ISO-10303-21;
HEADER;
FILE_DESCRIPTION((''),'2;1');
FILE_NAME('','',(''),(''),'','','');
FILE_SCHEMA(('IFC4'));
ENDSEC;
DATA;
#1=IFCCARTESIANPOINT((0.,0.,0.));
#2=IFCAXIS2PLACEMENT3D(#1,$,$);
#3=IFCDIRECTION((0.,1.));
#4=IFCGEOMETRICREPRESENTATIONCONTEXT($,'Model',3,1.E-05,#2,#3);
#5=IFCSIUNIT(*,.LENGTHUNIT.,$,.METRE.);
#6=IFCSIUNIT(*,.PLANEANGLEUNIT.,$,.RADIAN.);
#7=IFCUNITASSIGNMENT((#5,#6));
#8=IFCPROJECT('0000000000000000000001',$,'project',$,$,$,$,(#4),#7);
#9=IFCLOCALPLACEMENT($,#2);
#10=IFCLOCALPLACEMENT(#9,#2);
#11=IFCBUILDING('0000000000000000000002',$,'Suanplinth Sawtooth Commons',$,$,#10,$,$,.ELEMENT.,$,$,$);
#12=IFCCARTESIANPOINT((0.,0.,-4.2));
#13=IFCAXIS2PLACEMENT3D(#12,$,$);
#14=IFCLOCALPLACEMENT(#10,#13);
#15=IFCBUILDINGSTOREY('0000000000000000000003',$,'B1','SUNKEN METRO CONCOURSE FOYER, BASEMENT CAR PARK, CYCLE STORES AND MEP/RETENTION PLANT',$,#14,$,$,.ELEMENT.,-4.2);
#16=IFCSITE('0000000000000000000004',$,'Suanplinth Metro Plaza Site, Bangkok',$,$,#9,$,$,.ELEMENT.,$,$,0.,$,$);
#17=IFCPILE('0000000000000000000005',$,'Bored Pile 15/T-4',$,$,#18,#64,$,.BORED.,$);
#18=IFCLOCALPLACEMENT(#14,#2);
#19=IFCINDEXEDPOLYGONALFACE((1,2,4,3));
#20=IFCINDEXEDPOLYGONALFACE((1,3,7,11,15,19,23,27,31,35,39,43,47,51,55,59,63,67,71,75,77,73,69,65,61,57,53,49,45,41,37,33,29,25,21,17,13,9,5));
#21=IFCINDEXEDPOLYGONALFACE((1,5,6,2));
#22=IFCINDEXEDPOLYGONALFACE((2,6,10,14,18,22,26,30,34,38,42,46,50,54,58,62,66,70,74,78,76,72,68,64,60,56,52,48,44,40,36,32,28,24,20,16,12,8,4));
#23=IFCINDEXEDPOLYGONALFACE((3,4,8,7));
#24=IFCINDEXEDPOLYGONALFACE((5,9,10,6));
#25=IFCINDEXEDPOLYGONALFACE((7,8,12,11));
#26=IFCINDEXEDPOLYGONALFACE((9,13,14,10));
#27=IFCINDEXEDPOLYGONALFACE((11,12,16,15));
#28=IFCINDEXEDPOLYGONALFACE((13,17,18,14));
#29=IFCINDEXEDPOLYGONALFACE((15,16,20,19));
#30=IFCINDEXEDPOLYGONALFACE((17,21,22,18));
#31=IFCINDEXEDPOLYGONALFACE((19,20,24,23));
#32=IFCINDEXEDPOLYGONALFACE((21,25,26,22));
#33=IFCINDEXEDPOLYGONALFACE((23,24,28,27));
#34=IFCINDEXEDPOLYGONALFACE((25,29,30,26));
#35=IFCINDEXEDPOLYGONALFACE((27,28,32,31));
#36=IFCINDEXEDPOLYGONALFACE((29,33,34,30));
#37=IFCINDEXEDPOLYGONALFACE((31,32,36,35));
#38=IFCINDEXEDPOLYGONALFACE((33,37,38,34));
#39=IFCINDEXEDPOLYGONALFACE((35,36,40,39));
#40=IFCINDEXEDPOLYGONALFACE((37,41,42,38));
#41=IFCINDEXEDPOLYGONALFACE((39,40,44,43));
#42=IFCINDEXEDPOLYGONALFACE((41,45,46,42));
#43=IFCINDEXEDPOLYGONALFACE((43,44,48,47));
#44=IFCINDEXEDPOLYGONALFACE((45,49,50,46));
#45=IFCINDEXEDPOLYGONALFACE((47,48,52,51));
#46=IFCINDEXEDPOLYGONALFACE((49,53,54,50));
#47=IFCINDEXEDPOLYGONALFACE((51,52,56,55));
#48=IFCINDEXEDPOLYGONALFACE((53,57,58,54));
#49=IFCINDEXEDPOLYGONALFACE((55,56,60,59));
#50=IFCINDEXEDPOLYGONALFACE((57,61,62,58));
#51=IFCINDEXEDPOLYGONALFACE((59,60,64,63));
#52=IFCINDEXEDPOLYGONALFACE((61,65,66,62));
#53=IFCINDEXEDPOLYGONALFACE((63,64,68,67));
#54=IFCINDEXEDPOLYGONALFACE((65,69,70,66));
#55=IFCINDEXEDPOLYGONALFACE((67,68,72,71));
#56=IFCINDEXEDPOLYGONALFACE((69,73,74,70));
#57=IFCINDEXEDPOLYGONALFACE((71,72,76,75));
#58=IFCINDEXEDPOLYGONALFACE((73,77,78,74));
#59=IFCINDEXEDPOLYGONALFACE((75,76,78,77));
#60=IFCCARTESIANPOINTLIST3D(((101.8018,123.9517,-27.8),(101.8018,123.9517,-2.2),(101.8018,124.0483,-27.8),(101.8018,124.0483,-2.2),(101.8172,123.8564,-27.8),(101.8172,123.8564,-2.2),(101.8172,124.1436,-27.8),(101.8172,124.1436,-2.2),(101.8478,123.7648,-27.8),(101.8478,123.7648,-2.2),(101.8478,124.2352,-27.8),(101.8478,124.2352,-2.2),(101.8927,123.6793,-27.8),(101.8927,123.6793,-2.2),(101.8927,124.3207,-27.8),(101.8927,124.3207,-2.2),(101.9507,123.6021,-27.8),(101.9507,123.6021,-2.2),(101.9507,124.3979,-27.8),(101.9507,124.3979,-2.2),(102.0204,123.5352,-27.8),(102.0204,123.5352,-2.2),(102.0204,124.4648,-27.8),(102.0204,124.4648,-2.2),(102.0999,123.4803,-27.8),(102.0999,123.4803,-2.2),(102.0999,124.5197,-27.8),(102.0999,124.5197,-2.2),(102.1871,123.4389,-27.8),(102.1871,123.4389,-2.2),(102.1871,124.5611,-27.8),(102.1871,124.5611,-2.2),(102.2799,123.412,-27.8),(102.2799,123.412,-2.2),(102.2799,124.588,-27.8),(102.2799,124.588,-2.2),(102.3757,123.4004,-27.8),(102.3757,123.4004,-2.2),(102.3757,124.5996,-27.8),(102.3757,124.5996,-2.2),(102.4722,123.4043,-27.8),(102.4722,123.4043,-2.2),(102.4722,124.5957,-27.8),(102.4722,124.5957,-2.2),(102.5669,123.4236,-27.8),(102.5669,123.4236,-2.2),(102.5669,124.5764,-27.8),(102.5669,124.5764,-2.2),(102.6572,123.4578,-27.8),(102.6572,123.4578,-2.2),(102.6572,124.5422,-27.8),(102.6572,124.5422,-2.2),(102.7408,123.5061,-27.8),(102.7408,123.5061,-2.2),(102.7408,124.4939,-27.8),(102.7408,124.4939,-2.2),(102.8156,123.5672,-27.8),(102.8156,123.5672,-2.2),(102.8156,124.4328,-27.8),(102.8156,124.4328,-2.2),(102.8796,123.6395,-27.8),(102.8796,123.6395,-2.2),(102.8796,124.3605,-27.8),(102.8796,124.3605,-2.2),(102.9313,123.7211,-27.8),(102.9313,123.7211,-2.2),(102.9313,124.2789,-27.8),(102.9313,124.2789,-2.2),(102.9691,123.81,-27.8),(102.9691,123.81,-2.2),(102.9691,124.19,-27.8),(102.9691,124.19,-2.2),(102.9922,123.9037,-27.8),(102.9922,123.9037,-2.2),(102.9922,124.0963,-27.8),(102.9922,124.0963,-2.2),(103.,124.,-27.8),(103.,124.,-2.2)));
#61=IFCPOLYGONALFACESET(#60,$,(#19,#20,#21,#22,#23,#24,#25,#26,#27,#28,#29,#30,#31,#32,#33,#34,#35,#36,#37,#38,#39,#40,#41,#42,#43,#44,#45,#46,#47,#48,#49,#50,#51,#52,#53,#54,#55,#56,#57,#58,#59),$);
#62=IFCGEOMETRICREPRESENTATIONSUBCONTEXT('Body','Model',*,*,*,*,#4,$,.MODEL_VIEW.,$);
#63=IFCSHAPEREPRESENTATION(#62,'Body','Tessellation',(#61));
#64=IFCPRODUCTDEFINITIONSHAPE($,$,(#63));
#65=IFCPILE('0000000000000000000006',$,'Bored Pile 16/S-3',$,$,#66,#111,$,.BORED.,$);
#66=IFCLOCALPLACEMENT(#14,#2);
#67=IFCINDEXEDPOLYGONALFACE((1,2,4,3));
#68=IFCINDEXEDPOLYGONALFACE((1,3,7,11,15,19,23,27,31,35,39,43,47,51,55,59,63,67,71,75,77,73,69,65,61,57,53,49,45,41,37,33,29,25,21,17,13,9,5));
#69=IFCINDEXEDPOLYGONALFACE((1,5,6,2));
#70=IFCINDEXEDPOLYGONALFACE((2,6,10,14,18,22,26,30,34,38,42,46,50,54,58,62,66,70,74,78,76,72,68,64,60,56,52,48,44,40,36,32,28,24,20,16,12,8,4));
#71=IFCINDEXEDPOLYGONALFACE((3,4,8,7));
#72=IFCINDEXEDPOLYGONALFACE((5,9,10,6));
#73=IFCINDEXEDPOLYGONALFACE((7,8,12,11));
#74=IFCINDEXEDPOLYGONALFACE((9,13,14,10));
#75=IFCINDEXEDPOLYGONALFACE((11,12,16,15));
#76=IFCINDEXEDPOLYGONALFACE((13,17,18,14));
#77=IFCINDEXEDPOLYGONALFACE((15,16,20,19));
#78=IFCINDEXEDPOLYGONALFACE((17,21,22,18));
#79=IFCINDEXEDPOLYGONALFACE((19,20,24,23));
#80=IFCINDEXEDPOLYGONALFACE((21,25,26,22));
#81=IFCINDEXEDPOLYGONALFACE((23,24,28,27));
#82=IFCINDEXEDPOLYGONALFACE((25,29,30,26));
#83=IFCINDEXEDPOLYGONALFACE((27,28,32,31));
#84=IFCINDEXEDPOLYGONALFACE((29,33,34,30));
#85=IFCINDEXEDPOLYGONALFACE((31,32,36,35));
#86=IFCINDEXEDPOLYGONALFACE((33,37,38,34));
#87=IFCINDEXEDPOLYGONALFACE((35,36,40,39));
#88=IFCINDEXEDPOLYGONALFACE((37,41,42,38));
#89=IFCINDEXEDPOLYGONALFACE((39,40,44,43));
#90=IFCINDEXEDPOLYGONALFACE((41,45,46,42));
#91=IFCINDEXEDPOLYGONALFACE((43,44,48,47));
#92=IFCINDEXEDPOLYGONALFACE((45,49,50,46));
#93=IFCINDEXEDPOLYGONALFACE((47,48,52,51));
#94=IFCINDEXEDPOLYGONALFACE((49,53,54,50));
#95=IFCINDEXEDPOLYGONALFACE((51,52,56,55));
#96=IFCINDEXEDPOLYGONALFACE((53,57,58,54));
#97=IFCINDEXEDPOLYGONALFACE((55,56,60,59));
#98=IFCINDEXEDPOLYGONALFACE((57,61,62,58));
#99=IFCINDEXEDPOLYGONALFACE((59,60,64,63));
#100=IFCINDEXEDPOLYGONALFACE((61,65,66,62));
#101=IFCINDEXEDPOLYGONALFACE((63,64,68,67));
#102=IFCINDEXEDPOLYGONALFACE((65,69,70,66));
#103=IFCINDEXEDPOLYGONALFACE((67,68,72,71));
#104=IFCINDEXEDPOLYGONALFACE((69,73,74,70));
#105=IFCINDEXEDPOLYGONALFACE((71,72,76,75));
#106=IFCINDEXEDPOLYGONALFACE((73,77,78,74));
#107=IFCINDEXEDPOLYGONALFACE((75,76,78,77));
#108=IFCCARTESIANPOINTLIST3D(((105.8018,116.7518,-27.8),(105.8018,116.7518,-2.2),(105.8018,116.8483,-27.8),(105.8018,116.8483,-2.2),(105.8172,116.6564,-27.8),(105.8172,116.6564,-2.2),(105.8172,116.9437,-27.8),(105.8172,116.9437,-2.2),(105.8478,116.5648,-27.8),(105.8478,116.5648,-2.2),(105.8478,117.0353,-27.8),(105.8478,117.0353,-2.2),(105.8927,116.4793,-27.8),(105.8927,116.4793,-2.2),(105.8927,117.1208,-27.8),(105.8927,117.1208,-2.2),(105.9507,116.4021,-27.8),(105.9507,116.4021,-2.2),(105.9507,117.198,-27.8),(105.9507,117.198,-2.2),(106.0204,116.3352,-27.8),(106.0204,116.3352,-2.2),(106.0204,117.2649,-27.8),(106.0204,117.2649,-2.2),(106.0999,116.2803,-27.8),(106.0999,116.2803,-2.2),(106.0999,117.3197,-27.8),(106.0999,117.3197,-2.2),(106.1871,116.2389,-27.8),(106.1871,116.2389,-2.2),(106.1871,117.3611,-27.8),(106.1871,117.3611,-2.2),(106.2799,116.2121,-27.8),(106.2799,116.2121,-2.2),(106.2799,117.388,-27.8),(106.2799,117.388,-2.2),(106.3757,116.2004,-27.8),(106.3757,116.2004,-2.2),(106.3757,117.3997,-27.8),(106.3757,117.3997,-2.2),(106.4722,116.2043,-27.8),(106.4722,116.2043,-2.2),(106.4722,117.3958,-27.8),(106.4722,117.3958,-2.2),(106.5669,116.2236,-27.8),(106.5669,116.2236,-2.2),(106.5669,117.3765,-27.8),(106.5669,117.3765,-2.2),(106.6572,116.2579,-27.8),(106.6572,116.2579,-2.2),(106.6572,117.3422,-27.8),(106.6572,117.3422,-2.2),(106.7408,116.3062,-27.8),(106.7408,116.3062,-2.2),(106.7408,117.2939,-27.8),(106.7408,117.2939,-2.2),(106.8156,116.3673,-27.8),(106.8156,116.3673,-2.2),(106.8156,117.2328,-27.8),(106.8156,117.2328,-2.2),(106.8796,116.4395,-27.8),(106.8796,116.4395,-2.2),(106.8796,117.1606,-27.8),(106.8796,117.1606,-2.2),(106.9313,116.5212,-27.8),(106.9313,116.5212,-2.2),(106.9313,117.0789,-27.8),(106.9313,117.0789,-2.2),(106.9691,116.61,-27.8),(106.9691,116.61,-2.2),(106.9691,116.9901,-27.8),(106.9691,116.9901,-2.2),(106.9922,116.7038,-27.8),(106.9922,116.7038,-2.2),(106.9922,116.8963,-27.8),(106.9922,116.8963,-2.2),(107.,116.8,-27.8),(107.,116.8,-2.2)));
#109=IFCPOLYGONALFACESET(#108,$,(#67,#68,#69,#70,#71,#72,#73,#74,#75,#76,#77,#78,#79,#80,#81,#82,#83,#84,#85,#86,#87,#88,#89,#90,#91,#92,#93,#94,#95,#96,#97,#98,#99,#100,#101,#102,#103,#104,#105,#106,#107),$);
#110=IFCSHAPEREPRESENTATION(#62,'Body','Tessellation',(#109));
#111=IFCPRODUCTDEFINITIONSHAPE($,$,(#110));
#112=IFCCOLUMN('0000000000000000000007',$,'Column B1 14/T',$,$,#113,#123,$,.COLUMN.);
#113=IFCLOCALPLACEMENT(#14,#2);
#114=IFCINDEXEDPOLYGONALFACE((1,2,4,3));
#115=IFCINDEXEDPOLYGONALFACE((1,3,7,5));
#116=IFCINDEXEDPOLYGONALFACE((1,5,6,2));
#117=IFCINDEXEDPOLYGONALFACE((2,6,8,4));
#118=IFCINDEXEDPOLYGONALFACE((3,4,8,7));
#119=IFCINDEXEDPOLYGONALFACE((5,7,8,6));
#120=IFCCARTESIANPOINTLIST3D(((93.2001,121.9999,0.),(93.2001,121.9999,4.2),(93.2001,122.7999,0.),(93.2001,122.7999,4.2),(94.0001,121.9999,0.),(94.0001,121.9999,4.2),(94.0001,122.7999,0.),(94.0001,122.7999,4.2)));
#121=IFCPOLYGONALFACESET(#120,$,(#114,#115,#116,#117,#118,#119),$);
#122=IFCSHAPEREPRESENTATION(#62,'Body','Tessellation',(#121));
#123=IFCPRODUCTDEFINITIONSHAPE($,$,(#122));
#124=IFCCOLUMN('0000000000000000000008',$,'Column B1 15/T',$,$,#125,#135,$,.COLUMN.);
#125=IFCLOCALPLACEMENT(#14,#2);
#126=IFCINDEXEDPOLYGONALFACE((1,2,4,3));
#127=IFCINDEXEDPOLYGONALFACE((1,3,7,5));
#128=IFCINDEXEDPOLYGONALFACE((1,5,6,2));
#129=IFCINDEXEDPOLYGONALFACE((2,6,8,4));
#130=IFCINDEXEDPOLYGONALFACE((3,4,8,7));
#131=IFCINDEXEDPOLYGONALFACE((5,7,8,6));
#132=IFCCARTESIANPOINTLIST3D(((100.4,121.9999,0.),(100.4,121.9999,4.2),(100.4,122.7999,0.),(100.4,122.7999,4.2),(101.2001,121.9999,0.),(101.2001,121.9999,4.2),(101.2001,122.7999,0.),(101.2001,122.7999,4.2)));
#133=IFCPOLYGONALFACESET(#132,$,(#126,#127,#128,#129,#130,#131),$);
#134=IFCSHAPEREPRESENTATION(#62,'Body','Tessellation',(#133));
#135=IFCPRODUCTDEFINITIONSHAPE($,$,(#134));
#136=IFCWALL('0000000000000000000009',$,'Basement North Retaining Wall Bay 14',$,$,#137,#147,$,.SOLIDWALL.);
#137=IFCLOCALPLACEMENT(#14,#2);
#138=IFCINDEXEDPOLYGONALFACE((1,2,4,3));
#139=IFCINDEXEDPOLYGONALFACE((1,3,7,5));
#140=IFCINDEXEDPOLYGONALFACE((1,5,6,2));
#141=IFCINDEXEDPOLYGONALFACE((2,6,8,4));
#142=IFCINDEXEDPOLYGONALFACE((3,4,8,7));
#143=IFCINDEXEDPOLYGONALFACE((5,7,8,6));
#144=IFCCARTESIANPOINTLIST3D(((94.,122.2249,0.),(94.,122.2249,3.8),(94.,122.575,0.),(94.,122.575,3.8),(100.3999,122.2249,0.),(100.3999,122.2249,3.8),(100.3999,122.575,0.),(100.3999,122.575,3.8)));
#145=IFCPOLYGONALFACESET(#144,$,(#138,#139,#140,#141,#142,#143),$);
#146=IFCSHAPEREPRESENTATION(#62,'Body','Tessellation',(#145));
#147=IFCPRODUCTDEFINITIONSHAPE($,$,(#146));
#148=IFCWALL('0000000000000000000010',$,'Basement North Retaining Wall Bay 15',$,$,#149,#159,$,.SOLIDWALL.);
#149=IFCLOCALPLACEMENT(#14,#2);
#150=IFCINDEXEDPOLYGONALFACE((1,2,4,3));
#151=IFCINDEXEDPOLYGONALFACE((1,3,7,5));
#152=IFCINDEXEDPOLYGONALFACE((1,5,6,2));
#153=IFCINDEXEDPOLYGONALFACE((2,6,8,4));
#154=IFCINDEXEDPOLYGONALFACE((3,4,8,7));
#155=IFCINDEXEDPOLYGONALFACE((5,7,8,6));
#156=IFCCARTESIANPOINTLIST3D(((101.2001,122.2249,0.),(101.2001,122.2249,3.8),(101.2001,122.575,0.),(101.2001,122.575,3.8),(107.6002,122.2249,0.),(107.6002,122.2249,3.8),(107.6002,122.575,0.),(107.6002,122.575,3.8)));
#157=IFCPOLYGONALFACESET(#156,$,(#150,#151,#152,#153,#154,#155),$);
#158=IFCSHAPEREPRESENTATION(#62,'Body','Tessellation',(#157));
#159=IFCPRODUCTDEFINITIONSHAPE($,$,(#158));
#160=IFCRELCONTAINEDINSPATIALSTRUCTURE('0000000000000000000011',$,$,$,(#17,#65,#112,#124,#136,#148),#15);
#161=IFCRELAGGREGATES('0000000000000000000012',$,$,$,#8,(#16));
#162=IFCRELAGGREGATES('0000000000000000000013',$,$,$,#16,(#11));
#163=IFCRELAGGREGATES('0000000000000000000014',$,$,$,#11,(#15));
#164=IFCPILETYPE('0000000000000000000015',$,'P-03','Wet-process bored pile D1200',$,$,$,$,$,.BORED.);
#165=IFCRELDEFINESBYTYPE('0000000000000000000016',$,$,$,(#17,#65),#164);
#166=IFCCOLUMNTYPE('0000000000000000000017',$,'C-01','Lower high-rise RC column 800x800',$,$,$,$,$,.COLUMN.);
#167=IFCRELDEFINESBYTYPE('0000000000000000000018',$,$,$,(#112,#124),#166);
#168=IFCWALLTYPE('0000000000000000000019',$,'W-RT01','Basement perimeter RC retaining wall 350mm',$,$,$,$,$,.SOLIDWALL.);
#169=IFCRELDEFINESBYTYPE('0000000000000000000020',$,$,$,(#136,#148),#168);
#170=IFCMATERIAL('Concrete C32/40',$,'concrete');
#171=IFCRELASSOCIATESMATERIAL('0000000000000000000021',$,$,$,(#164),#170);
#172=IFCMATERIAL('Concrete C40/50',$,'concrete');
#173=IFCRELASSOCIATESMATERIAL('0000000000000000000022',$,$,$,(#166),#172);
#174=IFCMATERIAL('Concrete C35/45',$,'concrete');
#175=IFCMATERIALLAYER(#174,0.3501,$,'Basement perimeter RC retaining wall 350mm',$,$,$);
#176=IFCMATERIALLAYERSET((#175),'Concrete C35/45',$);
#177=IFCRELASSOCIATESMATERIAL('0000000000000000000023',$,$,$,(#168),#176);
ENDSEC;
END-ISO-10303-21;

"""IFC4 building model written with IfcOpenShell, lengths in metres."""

from ifc_helpers import new_model, si_unit, direction, frame, frame_2d, origin, origin_2d, place, context, subcontext, project, spatial, rectangle, circle, extrude, material, layer, layer_set, material_profile, profile_set, type_object, element, save


model = new_model("IFC4")

# Units and contexts
model_context = context("Model", 3, precision=1e-05, world=origin(), true_north=direction((0.0, 1.0)))
body_context = subcontext(model_context, "Body", "Model", "MODEL_VIEW")
ifc_project = project(units=[si_unit("LENGTHUNIT", "METRE"), si_unit("PLANEANGLEUNIT", "RADIAN")], contexts=[model_context])

# Site, building, storey
site_placement = place(None, origin())
site = spatial("IfcSite", under=ifc_project, at=site_placement, Name="Suanplinth Metro Plaza Site, Bangkok", CompositionType="ELEMENT", RefElevation=0.0)
building_placement = place(site_placement, origin())
building = spatial("IfcBuilding", under=site, at=building_placement, Name="Suanplinth Sawtooth Commons", CompositionType="ELEMENT")
storey_placement = place(building_placement, frame((0.0, 0.0, -4.2)))
storey = spatial("IfcBuildingStorey", under=building, at=storey_placement, Name="B1", Description="SUNKEN METRO CONCOURSE FOYER, BASEMENT CAR PARK, CYCLE STORES AND MEP/RETENTION PLANT", CompositionType="ELEMENT", Elevation=-4.2)

# Shared definitions
ifc_material_1 = material(Name="Concrete C35/45", Category="concrete")

# Piles
ifc_material_2 = material(Name="Concrete C32/40", Category="concrete")
ifc_material_profile_1 = material_profile(ifc_material_2, circle(Radius=0.6001, at=origin_2d()), Name="PILE D1200")
ifc_profile_set_1 = profile_set([ifc_material_profile_1], Name="Concrete C32/40")
pile_type = type_object("IfcPileType", Name="P-03", Description="Wet-process bored pile D1200", PredefinedType="BORED", material=ifc_profile_set_1)
for number, where, z_axis, x_axis, name in (
    (1, (102.3999, 124.0, -2.2), (0.0, 0.0, -1.0), (1.0, 0.0, 0.0), "Bored Pile 15/T-4"),
    (2, (106.3999, 116.8, -2.2), (0.0, 0.0, -1.0), (1.0, 0.0, 0.0), "Bored Pile 16/S-3"),
):
    element("IfcPile", number, at=place(storey_placement, frame(where, z_axis=z_axis, x_axis=x_axis)), inside=storey, type_object=pile_type, Name=name, PredefinedType="BORED", context=body_context, shape_type="SweptSolid", body=[
        extrude(circle(Radius=0.6001, at=origin_2d()), origin(), (0.0, 0.0, 1.0), 25.6001),
    ])

# Columns
ifc_material_3 = material(Name="Concrete C40/50", Category="concrete")
ifc_material_profile_2 = material_profile(ifc_material_3, rectangle(XDim=0.8, YDim=0.8, at=origin_2d()), Name="RC-COL 800x800")
ifc_profile_set_2 = profile_set([ifc_material_profile_2], Name="Concrete C40/50")
column_type = type_object("IfcColumnType", Name="C-01", Description="Lower high-rise RC column 800x800", PredefinedType="COLUMN", material=ifc_profile_set_2)
for number, where, z_axis, x_axis, name in (
    (3, (93.6001, 122.3999, 0.0), (0.0, 0.0, 1.0), (1.0, 0.0, 0.0), "Column B1 14/T"),
    (4, (100.8, 122.3999, 0.0), (0.0, 0.0, 1.0), (1.0, 0.0, 0.0), "Column B1 15/T"),
):
    element("IfcColumn", number, at=place(storey_placement, frame(where, z_axis=z_axis, x_axis=x_axis)), inside=storey, type_object=column_type, Name=name, PredefinedType="COLUMN", context=body_context, shape_type="SweptSolid", body=[
        extrude(rectangle(XDim=0.8, YDim=0.8, at=origin_2d()), origin(), (0.0, 0.0, 1.0), 4.2),
    ])

# Walls
ifc_layer = layer(ifc_material_1, 0.3501, Name="Basement perimeter RC retaining wall 350mm")
ifc_layer_set = layer_set([ifc_layer], Name="Concrete C35/45")
wall_type = type_object("IfcWallType", Name="W-RT01", Description="Basement perimeter RC retaining wall 350mm", PredefinedType="SOLIDWALL", material=ifc_layer_set)
wall_1_placement = place(storey_placement, frame((94.0, 122.3999, 0.0), z_axis=(0.0, 0.0, 1.0), x_axis=(1.0, 0.0, 0.0)))
element("IfcWall", 5, at=wall_1_placement, inside=storey, type_object=wall_type, Name="Basement North Retaining Wall Bay 14", PredefinedType="SOLIDWALL", context=body_context, shape_type="SweptSolid", body=[
    extrude(rectangle(XDim=6.3999, YDim=0.3501, at=frame_2d((3.2, 0.0))), origin(), (0.0, 0.0, 1.0), 3.8),
])
wall_2_placement = place(storey_placement, frame((101.2, 122.3999, 0.0), z_axis=(0.0, 0.0, 1.0), x_axis=(1.0, 0.0, 0.0)))
element("IfcWall", 6, at=wall_2_placement, inside=storey, type_object=wall_type, Name="Basement North Retaining Wall Bay 15", PredefinedType="SOLIDWALL", context=body_context, shape_type="SweptSolid", body=[
    extrude(rectangle(XDim=6.4001, YDim=0.3501, at=frame_2d((3.2002, 0.0))), origin(), (0.0, 0.0, 1.0), 3.8),
])

save(model, "model.ifc")
